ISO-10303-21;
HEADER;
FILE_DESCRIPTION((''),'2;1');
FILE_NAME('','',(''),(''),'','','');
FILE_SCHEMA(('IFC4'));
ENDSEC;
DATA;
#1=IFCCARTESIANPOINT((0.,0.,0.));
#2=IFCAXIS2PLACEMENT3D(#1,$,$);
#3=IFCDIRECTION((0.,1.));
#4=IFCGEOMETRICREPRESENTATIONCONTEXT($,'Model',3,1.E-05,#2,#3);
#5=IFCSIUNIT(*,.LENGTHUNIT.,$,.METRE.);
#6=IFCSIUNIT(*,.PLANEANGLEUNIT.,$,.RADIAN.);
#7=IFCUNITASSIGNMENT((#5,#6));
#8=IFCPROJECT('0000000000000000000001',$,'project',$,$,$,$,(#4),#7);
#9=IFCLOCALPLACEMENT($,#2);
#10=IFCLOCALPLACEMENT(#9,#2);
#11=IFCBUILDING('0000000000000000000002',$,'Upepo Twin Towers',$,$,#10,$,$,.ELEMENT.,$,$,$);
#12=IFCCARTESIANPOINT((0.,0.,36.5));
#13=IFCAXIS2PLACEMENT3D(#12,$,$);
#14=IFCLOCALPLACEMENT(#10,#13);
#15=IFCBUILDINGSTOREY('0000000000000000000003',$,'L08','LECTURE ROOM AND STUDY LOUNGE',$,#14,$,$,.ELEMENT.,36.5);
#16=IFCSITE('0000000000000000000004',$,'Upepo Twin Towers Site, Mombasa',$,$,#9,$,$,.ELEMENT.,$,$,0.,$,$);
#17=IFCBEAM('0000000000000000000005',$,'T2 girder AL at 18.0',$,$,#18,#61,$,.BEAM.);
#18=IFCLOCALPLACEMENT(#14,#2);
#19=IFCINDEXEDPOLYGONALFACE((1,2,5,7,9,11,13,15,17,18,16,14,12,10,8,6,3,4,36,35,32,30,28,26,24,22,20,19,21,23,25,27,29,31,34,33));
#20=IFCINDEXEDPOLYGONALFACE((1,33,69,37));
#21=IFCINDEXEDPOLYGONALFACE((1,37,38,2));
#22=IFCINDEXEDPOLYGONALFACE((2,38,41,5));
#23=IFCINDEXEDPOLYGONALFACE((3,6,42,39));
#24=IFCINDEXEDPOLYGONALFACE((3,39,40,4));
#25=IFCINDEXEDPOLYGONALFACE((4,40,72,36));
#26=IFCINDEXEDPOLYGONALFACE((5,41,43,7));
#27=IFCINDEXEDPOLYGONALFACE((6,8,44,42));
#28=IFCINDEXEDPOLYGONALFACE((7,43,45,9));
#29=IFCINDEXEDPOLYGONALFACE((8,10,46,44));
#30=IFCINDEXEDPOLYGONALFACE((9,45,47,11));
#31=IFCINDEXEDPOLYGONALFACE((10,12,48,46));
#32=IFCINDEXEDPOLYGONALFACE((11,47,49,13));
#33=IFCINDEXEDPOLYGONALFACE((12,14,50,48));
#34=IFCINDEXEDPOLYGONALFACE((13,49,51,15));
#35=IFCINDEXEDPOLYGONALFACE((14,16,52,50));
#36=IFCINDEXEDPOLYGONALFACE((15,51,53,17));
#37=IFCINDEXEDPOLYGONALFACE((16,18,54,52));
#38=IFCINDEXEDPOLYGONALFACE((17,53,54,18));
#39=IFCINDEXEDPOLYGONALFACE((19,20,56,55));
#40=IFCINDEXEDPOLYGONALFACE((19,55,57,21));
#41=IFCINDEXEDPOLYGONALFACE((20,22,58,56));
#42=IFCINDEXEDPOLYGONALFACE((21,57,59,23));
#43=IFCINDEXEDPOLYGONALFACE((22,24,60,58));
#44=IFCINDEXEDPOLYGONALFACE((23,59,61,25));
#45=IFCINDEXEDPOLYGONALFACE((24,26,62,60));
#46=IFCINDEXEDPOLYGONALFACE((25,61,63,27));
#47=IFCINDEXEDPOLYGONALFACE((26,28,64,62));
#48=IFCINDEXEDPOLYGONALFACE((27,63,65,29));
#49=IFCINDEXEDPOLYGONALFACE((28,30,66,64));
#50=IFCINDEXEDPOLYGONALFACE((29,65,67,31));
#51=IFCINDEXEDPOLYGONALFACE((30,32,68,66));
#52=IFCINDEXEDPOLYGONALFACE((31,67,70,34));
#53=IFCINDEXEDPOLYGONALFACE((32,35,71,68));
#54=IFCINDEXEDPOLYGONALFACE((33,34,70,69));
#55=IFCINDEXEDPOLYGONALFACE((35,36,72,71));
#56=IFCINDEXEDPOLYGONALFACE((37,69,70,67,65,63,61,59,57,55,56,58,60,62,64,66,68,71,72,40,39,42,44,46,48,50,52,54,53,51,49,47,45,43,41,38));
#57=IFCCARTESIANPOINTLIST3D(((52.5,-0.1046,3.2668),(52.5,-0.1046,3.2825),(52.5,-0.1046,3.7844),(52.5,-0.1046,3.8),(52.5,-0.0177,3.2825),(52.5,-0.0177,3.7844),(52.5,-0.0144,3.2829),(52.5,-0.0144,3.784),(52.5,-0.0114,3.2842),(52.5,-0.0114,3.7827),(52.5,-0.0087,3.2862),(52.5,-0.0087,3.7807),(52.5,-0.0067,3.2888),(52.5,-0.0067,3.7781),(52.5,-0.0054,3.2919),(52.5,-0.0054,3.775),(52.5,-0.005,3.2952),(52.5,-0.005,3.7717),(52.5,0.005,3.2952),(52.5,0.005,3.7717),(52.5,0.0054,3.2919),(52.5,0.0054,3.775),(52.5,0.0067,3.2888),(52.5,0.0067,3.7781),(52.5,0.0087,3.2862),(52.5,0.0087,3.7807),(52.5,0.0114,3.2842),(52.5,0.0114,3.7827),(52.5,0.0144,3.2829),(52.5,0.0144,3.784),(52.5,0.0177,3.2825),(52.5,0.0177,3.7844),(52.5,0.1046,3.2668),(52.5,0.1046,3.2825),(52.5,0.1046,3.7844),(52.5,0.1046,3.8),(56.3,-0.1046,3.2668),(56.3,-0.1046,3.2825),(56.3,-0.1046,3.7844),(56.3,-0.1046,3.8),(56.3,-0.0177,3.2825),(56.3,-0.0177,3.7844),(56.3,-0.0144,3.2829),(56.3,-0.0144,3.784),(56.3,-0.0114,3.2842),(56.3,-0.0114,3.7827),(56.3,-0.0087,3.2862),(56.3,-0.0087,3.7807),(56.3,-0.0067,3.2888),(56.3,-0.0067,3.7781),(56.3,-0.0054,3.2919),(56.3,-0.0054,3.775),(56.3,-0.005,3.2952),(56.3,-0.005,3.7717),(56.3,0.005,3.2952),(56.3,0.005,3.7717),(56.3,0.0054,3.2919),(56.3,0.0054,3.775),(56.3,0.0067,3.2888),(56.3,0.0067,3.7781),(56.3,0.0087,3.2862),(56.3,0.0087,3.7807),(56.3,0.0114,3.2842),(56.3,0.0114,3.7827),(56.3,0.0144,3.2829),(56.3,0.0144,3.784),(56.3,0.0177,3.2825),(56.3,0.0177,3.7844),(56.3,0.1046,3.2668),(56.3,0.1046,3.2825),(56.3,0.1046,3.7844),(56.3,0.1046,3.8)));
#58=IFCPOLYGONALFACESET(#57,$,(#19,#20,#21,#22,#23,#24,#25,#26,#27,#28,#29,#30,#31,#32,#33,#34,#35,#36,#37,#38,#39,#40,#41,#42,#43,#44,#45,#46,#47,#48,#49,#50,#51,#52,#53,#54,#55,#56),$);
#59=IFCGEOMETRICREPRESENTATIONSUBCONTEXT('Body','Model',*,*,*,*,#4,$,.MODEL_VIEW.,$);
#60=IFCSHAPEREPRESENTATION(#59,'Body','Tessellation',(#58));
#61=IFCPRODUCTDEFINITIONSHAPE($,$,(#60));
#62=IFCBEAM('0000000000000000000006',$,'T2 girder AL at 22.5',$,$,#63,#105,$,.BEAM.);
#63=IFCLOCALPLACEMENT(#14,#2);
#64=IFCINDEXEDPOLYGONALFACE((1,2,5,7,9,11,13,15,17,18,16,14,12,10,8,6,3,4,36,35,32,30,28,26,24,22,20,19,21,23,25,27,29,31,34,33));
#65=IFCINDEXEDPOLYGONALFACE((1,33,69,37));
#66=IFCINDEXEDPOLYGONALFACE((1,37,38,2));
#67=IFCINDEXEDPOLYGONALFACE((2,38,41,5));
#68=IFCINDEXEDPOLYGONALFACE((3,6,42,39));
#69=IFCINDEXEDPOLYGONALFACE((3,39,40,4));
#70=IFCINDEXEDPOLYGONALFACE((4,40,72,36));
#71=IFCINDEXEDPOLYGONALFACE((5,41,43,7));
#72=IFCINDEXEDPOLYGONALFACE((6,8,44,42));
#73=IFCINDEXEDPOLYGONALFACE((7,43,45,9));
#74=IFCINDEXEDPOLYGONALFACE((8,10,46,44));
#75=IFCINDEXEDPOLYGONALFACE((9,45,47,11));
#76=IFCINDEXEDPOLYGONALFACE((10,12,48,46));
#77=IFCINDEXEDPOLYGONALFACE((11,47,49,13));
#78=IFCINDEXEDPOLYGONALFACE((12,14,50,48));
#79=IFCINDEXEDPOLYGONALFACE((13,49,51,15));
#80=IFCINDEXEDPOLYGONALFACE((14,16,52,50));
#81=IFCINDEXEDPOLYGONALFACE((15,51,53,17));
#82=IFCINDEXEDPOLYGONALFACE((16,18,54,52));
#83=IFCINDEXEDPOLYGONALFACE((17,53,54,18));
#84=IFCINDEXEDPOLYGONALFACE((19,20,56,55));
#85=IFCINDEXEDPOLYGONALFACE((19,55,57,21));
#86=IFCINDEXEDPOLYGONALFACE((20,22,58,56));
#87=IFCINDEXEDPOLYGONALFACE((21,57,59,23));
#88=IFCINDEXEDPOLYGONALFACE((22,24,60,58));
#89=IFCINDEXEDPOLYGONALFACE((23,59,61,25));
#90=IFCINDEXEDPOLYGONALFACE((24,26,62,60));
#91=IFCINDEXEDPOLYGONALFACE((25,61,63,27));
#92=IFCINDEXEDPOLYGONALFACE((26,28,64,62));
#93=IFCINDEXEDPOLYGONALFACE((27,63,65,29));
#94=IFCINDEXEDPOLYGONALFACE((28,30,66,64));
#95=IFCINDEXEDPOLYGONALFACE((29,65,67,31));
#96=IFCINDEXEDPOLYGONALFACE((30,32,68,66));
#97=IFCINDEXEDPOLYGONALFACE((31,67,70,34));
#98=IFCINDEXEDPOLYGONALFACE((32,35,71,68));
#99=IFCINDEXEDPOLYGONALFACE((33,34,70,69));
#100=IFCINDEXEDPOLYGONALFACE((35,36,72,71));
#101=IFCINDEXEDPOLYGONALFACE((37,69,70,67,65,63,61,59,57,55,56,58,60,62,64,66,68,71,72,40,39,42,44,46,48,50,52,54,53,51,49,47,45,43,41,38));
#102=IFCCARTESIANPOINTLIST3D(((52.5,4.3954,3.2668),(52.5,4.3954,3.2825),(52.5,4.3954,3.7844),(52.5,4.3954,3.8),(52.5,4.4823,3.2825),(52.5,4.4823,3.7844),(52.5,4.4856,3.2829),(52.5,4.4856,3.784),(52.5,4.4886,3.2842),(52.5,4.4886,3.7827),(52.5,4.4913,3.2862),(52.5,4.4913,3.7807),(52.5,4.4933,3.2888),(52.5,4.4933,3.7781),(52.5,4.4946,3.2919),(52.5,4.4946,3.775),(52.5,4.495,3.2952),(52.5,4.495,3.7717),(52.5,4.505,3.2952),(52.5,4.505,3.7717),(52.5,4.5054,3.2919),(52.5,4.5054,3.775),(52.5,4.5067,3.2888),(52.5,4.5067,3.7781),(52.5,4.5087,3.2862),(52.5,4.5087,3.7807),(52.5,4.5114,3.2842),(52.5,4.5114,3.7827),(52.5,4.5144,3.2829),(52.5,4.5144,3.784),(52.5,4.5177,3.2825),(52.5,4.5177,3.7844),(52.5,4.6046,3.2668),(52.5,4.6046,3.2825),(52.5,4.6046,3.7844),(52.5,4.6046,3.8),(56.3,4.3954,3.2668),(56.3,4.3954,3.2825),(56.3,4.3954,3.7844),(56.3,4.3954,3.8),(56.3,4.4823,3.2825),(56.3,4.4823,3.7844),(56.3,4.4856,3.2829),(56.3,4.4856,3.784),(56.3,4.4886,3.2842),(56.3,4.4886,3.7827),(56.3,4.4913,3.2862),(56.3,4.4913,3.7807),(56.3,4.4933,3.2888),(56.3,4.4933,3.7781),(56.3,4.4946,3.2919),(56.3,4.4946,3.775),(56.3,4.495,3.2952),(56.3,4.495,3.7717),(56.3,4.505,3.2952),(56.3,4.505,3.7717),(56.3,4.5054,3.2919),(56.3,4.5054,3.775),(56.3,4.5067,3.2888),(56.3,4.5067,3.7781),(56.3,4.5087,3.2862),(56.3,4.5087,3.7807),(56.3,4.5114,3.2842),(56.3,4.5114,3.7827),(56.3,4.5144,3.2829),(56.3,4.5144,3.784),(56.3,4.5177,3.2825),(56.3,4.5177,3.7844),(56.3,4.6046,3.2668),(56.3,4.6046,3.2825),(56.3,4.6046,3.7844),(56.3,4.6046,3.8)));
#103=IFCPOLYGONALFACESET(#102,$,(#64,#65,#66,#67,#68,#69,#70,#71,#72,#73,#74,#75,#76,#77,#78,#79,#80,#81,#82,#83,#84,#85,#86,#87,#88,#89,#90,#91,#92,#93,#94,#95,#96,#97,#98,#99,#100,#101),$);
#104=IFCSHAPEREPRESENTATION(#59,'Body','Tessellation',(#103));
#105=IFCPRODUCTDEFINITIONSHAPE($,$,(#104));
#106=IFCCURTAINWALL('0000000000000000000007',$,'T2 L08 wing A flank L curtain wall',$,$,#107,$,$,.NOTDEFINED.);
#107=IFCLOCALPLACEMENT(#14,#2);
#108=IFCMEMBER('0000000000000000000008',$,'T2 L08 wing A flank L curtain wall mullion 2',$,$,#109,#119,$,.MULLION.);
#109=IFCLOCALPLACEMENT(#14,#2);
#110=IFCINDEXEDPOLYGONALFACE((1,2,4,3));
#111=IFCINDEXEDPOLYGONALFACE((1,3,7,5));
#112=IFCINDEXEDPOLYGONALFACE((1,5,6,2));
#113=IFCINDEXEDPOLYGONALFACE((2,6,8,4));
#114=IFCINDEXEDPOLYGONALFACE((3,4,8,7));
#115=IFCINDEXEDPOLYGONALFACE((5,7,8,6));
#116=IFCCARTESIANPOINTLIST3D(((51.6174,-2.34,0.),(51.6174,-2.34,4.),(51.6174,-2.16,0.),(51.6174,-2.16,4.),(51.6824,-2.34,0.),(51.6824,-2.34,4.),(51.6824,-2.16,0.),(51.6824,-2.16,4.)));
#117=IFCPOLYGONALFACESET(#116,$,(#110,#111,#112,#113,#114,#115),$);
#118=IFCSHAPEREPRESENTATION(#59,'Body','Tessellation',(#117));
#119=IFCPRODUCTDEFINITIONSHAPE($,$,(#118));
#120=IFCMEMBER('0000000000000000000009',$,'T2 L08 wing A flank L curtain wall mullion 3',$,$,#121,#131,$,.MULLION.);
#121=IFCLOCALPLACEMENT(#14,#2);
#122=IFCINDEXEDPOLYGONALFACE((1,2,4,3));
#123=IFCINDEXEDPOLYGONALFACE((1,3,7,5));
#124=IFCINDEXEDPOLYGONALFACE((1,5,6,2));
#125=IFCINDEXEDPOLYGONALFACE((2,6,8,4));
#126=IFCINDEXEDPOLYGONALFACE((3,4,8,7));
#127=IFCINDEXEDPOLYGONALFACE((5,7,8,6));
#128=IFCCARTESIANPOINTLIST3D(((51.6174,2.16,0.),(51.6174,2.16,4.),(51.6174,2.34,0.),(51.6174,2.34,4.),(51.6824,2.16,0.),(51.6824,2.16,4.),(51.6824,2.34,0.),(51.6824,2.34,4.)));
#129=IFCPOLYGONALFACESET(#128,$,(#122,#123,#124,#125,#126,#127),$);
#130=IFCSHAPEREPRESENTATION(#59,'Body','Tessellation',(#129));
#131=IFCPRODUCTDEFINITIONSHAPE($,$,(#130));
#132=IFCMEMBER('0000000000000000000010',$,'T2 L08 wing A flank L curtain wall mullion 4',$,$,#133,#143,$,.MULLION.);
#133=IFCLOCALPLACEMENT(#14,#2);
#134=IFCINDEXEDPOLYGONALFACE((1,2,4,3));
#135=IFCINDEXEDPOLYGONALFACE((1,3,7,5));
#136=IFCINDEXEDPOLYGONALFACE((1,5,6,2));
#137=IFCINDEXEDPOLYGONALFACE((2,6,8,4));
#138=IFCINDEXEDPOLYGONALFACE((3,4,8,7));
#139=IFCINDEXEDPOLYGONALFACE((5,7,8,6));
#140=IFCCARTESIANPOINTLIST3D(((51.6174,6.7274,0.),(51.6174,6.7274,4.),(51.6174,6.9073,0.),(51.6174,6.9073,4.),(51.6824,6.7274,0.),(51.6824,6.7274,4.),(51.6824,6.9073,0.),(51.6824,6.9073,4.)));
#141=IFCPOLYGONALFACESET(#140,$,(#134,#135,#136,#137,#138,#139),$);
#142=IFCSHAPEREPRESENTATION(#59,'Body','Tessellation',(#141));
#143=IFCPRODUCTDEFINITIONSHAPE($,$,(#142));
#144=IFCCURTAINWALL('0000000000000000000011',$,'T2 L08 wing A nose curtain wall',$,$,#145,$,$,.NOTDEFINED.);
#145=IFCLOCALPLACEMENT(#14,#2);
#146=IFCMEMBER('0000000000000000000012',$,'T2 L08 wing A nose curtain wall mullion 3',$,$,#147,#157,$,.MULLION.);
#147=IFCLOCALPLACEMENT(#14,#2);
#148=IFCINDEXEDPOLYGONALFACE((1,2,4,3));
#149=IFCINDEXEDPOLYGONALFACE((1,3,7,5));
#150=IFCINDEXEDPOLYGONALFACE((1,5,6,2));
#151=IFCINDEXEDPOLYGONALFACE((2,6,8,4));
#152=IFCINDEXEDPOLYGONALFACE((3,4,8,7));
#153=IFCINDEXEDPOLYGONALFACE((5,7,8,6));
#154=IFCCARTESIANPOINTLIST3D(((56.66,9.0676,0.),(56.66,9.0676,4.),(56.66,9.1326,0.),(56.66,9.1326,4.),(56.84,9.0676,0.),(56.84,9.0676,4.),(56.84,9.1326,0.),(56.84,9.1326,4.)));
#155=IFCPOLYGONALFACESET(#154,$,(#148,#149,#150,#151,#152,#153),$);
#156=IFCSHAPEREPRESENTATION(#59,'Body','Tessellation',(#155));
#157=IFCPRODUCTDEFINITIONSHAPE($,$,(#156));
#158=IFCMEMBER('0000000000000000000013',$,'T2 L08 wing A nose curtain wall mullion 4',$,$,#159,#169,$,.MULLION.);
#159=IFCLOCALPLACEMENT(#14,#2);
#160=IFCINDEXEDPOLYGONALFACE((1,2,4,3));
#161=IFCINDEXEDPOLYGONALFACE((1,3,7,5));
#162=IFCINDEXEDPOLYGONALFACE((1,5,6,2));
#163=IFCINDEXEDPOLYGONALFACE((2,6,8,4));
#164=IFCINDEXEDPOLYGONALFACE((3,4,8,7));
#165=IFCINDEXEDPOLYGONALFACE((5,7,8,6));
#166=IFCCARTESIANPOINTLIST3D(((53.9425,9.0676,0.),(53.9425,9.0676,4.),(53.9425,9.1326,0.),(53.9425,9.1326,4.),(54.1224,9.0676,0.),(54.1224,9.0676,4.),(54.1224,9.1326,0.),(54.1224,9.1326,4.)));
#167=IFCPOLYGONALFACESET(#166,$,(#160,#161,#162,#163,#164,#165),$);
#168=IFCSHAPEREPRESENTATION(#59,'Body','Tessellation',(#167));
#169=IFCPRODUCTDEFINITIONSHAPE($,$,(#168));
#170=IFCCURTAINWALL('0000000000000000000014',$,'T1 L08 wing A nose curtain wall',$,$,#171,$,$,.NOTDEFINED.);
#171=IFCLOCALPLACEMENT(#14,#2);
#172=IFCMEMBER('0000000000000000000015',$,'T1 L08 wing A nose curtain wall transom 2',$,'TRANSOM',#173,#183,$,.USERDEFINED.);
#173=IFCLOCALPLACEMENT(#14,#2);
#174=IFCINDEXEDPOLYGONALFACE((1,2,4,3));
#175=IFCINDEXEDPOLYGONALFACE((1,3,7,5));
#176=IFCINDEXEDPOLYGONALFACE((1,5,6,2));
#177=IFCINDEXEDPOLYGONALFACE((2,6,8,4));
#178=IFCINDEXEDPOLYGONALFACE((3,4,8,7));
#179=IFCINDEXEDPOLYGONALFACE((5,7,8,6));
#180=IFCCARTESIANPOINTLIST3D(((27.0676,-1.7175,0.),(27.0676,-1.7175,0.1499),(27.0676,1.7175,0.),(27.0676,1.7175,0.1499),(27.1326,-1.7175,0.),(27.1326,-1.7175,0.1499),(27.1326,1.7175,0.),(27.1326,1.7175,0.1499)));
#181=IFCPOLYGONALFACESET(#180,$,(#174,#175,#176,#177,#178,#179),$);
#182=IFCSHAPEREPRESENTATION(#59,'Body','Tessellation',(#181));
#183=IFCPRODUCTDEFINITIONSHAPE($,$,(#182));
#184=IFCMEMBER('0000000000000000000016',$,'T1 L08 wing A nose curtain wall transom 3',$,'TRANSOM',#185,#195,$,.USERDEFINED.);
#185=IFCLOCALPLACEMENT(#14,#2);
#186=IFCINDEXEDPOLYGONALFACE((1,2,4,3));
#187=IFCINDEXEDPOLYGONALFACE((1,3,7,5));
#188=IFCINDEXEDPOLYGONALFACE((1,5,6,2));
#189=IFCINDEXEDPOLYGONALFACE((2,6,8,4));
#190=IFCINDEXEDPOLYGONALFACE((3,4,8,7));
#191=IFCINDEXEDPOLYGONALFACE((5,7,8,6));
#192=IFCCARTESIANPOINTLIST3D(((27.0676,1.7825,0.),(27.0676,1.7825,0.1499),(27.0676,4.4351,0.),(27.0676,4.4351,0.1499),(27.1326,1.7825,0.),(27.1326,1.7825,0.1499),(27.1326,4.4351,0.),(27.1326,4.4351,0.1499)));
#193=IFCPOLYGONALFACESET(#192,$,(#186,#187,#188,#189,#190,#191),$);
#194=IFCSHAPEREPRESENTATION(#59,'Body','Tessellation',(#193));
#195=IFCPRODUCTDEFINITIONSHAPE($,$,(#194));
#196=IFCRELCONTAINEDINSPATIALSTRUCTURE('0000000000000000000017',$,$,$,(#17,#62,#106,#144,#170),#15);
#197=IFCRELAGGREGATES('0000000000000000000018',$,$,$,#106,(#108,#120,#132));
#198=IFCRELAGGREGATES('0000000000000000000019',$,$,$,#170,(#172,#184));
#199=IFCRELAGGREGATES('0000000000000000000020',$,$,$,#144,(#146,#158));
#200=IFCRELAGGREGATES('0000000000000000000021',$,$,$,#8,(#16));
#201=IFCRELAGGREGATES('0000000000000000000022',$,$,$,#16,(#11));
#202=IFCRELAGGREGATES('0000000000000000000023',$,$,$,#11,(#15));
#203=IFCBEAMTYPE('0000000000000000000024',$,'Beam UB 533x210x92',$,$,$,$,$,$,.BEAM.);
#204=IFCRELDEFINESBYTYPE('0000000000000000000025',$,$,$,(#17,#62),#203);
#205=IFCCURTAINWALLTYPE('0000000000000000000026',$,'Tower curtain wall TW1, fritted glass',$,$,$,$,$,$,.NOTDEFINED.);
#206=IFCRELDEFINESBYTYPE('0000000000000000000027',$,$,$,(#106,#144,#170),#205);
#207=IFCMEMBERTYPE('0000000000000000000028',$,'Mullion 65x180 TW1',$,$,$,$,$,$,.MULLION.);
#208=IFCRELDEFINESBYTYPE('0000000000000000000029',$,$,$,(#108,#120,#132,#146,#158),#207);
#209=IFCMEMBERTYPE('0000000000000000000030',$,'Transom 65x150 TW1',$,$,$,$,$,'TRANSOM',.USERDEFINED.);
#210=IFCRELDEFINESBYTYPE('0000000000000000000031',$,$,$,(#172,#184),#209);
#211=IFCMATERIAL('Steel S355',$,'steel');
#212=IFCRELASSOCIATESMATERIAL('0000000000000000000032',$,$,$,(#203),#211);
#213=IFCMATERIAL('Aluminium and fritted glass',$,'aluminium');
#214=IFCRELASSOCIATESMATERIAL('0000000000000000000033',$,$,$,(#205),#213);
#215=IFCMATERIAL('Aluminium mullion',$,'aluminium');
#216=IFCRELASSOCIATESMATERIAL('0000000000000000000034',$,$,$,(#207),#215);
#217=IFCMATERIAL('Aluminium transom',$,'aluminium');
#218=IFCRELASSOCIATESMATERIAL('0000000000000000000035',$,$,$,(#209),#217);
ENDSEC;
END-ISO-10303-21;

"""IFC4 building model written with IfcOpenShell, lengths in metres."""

from ifc_helpers import new_model, si_unit, direction, frame, origin, origin_2d, place, context, subcontext, project, spatial, rectangle, i_section, extrude, material, material_profile, profile_set, type_object, element, aggregate, save


model = new_model("IFC4")

# Units and contexts
model_context = context("Model", 3, precision=1e-05, world=origin(), true_north=direction((0.0, 1.0)))
body_context = subcontext(model_context, "Body", "Model", "MODEL_VIEW")
ifc_project = project(units=[si_unit("LENGTHUNIT", "METRE"), si_unit("PLANEANGLEUNIT", "RADIAN")], contexts=[model_context])

# Site, building, storey
site_placement = place(None, origin())
site = spatial("IfcSite", under=ifc_project, at=site_placement, Name="Upepo Twin Towers Site, Mombasa", CompositionType="ELEMENT", RefElevation=0.0)
building_placement = place(site_placement, origin())
building = spatial("IfcBuilding", under=site, at=building_placement, Name="Upepo Twin Towers", CompositionType="ELEMENT")
storey_placement = place(building_placement, frame((0.0, 0.0, 36.5)))
storey = spatial("IfcBuildingStorey", under=building, at=storey_placement, Name="L08", Description="LECTURE ROOM AND STUDY LOUNGE", CompositionType="ELEMENT", Elevation=36.5)

# Beams
ifc_material_1 = material(Name="Steel S355", Category="steel")
ifc_material_profile_1 = material_profile(ifc_material_1, i_section(OverallWidth=0.2092, OverallDepth=0.5332, WebThickness=0.01, FlangeThickness=0.0156, FilletRadius=0.0127, at=origin_2d()), Name="UB 533x210x92")
ifc_profile_set_1 = profile_set([ifc_material_profile_1], Name="Steel S355")
beam_type_1 = type_object("IfcBeamType", Name="Beam UB 533x210x92", PredefinedType="BEAM", material=ifc_profile_set_1)
for number, where, z_axis, x_axis, name in (
    (1, (52.5, 0.0, 3.5334), (1.0, 0.0, 0.0), (0.0, 1.0, 0.0), "T2 girder AL at 18.0"),
    (2, (52.5, 4.5, 3.5334), (1.0, 0.0, 0.0), (0.0, 1.0, 0.0), "T2 girder AL at 22.5"),
):
    element("IfcBeam", number, at=place(storey_placement, frame(where, z_axis=z_axis, x_axis=x_axis)), inside=storey, type_object=beam_type_1, Name=name, PredefinedType="BEAM", context=body_context, shape_type="SweptSolid", body=[
        extrude(i_section(OverallWidth=0.2092, OverallDepth=0.5332, WebThickness=0.01, FlangeThickness=0.0156, FilletRadius=0.0127, at=origin_2d()), origin(), (0.0, 0.0, 1.0), 3.8),
    ])

# Curtain walls, members
ifc_material_2 = material(Name="Aluminium and fritted glass", Category="aluminium")
curtain_wall_type = type_object("IfcCurtainWallType", Name="Tower curtain wall TW1, fritted glass", PredefinedType="NOTDEFINED", material=ifc_material_2)
curtain_wall_1_placement = place(storey_placement, origin())
curtain_wall_1 = element("IfcCurtainWall", 3, at=curtain_wall_1_placement, inside=storey, type_object=curtain_wall_type, Name="T2 L08 wing A flank L curtain wall", PredefinedType="NOTDEFINED")
ifc_material_3 = material(Name="Aluminium mullion", Category="aluminium")
ifc_material_profile_2 = material_profile(ifc_material_3, rectangle(XDim=0.0649, YDim=0.1799, at=origin_2d()), Name="MULLION 65x180")
ifc_profile_set_2 = profile_set([ifc_material_profile_2], Name="Aluminium mullion")
member_type_1 = type_object("IfcMemberType", Name="Mullion 65x180 TW1", PredefinedType="MULLION", material=ifc_profile_set_2)
member_1_placement = place(storey_placement, frame((51.6499, -2.25, 0.0), z_axis=(0.0, 0.0, 1.0), x_axis=(-1.0, 0.0, 0.0)))
member_1 = element("IfcMember", 4, at=member_1_placement, type_object=member_type_1, Name="T2 L08 wing A flank L curtain wall mullion 2", PredefinedType="MULLION", context=body_context, shape_type="SweptSolid", body=[
    extrude(rectangle(XDim=0.0649, YDim=0.1799, at=origin_2d()), origin(), (0.0, 0.0, 1.0), 4.0),
])
member_2_placement = place(storey_placement, frame((51.6499, 2.25, 0.0), z_axis=(0.0, 0.0, 1.0), x_axis=(-1.0, 0.0, 0.0)))
member_2 = element("IfcMember", 5, at=member_2_placement, type_object=member_type_1, Name="T2 L08 wing A flank L curtain wall mullion 3", PredefinedType="MULLION", context=body_context, shape_type="SweptSolid", body=[
    extrude(rectangle(XDim=0.0649, YDim=0.1799, at=origin_2d()), origin(), (0.0, 0.0, 1.0), 4.0),
])
member_3_placement = place(storey_placement, frame((51.6499, 6.8174, 0.0), z_axis=(0.0, 0.0, 1.0), x_axis=(-1.0, 0.0, 0.0)))
member_3 = element("IfcMember", 6, at=member_3_placement, type_object=member_type_1, Name="T2 L08 wing A flank L curtain wall mullion 4", PredefinedType="MULLION", context=body_context, shape_type="SweptSolid", body=[
    extrude(rectangle(XDim=0.0649, YDim=0.1799, at=origin_2d()), origin(), (0.0, 0.0, 1.0), 4.0),
])
curtain_wall_2_placement = place(storey_placement, origin())
curtain_wall_2 = element("IfcCurtainWall", 7, at=curtain_wall_2_placement, inside=storey, type_object=curtain_wall_type, Name="T2 L08 wing A nose curtain wall", PredefinedType="NOTDEFINED")
member_4_placement = place(storey_placement, frame((56.75, 9.1001, 0.0), z_axis=(0.0, 0.0, 1.0), x_axis=(0.0, -1.0, 0.0)))
member_4 = element("IfcMember", 8, at=member_4_placement, type_object=member_type_1, Name="T2 L08 wing A nose curtain wall mullion 3", PredefinedType="MULLION", context=body_context, shape_type="SweptSolid", body=[
    extrude(rectangle(XDim=0.0649, YDim=0.1799, at=origin_2d()), origin(), (0.0, 0.0, 1.0), 4.0),
])
member_5_placement = place(storey_placement, frame((54.0325, 9.1001, 0.0), z_axis=(0.0, 0.0, 1.0), x_axis=(0.0, -1.0, 0.0)))
member_5 = element("IfcMember", 9, at=member_5_placement, type_object=member_type_1, Name="T2 L08 wing A nose curtain wall mullion 4", PredefinedType="MULLION", context=body_context, shape_type="SweptSolid", body=[
    extrude(rectangle(XDim=0.0649, YDim=0.1799, at=origin_2d()), origin(), (0.0, 0.0, 1.0), 4.0),
])
curtain_wall_3_placement = place(storey_placement, origin())
curtain_wall_3 = element("IfcCurtainWall", 10, at=curtain_wall_3_placement, inside=storey, type_object=curtain_wall_type, Name="T1 L08 wing A nose curtain wall", PredefinedType="NOTDEFINED")
ifc_material_4 = material(Name="Aluminium transom", Category="aluminium")
ifc_material_profile_3 = material_profile(ifc_material_4, rectangle(XDim=0.0649, YDim=0.1499, at=origin_2d()), Name="TRANSOM 65x150")
ifc_profile_set_3 = profile_set([ifc_material_profile_3], Name="Aluminium transom")
member_type_2 = type_object("IfcMemberType", Name="Transom 65x150 TW1", ElementType="TRANSOM", PredefinedType="USERDEFINED", material=ifc_profile_set_3)
member_6_placement = place(storey_placement, frame((27.1001, -1.7175, 0.075), z_axis=(0.0, 1.0, 0.0), x_axis=(-1.0, 0.0, 0.0)))
member_6 = element("IfcMember", 11, at=member_6_placement, type_object=member_type_2, Name="T1 L08 wing A nose curtain wall transom 2", ObjectType="TRANSOM", PredefinedType="USERDEFINED", context=body_context, shape_type="SweptSolid", body=[
    extrude(rectangle(XDim=0.0649, YDim=0.1499, at=origin_2d()), origin(), (0.0, 0.0, 1.0), 3.4351),
])
member_7_placement = place(storey_placement, frame((27.1001, 1.7825, 0.075), z_axis=(0.0, 1.0, 0.0), x_axis=(-1.0, 0.0, 0.0)))
member_7 = element("IfcMember", 12, at=member_7_placement, type_object=member_type_2, Name="T1 L08 wing A nose curtain wall transom 3", ObjectType="TRANSOM", PredefinedType="USERDEFINED", context=body_context, shape_type="SweptSolid", body=[
    extrude(rectangle(XDim=0.0649, YDim=0.1499, at=origin_2d()), origin(), (0.0, 0.0, 1.0), 2.6526),
])

aggregate(curtain_wall_1, [member_1, member_2, member_3])
aggregate(curtain_wall_3, [member_6, member_7])
aggregate(curtain_wall_2, [member_4, member_5])

save(model, "model.ifc")
